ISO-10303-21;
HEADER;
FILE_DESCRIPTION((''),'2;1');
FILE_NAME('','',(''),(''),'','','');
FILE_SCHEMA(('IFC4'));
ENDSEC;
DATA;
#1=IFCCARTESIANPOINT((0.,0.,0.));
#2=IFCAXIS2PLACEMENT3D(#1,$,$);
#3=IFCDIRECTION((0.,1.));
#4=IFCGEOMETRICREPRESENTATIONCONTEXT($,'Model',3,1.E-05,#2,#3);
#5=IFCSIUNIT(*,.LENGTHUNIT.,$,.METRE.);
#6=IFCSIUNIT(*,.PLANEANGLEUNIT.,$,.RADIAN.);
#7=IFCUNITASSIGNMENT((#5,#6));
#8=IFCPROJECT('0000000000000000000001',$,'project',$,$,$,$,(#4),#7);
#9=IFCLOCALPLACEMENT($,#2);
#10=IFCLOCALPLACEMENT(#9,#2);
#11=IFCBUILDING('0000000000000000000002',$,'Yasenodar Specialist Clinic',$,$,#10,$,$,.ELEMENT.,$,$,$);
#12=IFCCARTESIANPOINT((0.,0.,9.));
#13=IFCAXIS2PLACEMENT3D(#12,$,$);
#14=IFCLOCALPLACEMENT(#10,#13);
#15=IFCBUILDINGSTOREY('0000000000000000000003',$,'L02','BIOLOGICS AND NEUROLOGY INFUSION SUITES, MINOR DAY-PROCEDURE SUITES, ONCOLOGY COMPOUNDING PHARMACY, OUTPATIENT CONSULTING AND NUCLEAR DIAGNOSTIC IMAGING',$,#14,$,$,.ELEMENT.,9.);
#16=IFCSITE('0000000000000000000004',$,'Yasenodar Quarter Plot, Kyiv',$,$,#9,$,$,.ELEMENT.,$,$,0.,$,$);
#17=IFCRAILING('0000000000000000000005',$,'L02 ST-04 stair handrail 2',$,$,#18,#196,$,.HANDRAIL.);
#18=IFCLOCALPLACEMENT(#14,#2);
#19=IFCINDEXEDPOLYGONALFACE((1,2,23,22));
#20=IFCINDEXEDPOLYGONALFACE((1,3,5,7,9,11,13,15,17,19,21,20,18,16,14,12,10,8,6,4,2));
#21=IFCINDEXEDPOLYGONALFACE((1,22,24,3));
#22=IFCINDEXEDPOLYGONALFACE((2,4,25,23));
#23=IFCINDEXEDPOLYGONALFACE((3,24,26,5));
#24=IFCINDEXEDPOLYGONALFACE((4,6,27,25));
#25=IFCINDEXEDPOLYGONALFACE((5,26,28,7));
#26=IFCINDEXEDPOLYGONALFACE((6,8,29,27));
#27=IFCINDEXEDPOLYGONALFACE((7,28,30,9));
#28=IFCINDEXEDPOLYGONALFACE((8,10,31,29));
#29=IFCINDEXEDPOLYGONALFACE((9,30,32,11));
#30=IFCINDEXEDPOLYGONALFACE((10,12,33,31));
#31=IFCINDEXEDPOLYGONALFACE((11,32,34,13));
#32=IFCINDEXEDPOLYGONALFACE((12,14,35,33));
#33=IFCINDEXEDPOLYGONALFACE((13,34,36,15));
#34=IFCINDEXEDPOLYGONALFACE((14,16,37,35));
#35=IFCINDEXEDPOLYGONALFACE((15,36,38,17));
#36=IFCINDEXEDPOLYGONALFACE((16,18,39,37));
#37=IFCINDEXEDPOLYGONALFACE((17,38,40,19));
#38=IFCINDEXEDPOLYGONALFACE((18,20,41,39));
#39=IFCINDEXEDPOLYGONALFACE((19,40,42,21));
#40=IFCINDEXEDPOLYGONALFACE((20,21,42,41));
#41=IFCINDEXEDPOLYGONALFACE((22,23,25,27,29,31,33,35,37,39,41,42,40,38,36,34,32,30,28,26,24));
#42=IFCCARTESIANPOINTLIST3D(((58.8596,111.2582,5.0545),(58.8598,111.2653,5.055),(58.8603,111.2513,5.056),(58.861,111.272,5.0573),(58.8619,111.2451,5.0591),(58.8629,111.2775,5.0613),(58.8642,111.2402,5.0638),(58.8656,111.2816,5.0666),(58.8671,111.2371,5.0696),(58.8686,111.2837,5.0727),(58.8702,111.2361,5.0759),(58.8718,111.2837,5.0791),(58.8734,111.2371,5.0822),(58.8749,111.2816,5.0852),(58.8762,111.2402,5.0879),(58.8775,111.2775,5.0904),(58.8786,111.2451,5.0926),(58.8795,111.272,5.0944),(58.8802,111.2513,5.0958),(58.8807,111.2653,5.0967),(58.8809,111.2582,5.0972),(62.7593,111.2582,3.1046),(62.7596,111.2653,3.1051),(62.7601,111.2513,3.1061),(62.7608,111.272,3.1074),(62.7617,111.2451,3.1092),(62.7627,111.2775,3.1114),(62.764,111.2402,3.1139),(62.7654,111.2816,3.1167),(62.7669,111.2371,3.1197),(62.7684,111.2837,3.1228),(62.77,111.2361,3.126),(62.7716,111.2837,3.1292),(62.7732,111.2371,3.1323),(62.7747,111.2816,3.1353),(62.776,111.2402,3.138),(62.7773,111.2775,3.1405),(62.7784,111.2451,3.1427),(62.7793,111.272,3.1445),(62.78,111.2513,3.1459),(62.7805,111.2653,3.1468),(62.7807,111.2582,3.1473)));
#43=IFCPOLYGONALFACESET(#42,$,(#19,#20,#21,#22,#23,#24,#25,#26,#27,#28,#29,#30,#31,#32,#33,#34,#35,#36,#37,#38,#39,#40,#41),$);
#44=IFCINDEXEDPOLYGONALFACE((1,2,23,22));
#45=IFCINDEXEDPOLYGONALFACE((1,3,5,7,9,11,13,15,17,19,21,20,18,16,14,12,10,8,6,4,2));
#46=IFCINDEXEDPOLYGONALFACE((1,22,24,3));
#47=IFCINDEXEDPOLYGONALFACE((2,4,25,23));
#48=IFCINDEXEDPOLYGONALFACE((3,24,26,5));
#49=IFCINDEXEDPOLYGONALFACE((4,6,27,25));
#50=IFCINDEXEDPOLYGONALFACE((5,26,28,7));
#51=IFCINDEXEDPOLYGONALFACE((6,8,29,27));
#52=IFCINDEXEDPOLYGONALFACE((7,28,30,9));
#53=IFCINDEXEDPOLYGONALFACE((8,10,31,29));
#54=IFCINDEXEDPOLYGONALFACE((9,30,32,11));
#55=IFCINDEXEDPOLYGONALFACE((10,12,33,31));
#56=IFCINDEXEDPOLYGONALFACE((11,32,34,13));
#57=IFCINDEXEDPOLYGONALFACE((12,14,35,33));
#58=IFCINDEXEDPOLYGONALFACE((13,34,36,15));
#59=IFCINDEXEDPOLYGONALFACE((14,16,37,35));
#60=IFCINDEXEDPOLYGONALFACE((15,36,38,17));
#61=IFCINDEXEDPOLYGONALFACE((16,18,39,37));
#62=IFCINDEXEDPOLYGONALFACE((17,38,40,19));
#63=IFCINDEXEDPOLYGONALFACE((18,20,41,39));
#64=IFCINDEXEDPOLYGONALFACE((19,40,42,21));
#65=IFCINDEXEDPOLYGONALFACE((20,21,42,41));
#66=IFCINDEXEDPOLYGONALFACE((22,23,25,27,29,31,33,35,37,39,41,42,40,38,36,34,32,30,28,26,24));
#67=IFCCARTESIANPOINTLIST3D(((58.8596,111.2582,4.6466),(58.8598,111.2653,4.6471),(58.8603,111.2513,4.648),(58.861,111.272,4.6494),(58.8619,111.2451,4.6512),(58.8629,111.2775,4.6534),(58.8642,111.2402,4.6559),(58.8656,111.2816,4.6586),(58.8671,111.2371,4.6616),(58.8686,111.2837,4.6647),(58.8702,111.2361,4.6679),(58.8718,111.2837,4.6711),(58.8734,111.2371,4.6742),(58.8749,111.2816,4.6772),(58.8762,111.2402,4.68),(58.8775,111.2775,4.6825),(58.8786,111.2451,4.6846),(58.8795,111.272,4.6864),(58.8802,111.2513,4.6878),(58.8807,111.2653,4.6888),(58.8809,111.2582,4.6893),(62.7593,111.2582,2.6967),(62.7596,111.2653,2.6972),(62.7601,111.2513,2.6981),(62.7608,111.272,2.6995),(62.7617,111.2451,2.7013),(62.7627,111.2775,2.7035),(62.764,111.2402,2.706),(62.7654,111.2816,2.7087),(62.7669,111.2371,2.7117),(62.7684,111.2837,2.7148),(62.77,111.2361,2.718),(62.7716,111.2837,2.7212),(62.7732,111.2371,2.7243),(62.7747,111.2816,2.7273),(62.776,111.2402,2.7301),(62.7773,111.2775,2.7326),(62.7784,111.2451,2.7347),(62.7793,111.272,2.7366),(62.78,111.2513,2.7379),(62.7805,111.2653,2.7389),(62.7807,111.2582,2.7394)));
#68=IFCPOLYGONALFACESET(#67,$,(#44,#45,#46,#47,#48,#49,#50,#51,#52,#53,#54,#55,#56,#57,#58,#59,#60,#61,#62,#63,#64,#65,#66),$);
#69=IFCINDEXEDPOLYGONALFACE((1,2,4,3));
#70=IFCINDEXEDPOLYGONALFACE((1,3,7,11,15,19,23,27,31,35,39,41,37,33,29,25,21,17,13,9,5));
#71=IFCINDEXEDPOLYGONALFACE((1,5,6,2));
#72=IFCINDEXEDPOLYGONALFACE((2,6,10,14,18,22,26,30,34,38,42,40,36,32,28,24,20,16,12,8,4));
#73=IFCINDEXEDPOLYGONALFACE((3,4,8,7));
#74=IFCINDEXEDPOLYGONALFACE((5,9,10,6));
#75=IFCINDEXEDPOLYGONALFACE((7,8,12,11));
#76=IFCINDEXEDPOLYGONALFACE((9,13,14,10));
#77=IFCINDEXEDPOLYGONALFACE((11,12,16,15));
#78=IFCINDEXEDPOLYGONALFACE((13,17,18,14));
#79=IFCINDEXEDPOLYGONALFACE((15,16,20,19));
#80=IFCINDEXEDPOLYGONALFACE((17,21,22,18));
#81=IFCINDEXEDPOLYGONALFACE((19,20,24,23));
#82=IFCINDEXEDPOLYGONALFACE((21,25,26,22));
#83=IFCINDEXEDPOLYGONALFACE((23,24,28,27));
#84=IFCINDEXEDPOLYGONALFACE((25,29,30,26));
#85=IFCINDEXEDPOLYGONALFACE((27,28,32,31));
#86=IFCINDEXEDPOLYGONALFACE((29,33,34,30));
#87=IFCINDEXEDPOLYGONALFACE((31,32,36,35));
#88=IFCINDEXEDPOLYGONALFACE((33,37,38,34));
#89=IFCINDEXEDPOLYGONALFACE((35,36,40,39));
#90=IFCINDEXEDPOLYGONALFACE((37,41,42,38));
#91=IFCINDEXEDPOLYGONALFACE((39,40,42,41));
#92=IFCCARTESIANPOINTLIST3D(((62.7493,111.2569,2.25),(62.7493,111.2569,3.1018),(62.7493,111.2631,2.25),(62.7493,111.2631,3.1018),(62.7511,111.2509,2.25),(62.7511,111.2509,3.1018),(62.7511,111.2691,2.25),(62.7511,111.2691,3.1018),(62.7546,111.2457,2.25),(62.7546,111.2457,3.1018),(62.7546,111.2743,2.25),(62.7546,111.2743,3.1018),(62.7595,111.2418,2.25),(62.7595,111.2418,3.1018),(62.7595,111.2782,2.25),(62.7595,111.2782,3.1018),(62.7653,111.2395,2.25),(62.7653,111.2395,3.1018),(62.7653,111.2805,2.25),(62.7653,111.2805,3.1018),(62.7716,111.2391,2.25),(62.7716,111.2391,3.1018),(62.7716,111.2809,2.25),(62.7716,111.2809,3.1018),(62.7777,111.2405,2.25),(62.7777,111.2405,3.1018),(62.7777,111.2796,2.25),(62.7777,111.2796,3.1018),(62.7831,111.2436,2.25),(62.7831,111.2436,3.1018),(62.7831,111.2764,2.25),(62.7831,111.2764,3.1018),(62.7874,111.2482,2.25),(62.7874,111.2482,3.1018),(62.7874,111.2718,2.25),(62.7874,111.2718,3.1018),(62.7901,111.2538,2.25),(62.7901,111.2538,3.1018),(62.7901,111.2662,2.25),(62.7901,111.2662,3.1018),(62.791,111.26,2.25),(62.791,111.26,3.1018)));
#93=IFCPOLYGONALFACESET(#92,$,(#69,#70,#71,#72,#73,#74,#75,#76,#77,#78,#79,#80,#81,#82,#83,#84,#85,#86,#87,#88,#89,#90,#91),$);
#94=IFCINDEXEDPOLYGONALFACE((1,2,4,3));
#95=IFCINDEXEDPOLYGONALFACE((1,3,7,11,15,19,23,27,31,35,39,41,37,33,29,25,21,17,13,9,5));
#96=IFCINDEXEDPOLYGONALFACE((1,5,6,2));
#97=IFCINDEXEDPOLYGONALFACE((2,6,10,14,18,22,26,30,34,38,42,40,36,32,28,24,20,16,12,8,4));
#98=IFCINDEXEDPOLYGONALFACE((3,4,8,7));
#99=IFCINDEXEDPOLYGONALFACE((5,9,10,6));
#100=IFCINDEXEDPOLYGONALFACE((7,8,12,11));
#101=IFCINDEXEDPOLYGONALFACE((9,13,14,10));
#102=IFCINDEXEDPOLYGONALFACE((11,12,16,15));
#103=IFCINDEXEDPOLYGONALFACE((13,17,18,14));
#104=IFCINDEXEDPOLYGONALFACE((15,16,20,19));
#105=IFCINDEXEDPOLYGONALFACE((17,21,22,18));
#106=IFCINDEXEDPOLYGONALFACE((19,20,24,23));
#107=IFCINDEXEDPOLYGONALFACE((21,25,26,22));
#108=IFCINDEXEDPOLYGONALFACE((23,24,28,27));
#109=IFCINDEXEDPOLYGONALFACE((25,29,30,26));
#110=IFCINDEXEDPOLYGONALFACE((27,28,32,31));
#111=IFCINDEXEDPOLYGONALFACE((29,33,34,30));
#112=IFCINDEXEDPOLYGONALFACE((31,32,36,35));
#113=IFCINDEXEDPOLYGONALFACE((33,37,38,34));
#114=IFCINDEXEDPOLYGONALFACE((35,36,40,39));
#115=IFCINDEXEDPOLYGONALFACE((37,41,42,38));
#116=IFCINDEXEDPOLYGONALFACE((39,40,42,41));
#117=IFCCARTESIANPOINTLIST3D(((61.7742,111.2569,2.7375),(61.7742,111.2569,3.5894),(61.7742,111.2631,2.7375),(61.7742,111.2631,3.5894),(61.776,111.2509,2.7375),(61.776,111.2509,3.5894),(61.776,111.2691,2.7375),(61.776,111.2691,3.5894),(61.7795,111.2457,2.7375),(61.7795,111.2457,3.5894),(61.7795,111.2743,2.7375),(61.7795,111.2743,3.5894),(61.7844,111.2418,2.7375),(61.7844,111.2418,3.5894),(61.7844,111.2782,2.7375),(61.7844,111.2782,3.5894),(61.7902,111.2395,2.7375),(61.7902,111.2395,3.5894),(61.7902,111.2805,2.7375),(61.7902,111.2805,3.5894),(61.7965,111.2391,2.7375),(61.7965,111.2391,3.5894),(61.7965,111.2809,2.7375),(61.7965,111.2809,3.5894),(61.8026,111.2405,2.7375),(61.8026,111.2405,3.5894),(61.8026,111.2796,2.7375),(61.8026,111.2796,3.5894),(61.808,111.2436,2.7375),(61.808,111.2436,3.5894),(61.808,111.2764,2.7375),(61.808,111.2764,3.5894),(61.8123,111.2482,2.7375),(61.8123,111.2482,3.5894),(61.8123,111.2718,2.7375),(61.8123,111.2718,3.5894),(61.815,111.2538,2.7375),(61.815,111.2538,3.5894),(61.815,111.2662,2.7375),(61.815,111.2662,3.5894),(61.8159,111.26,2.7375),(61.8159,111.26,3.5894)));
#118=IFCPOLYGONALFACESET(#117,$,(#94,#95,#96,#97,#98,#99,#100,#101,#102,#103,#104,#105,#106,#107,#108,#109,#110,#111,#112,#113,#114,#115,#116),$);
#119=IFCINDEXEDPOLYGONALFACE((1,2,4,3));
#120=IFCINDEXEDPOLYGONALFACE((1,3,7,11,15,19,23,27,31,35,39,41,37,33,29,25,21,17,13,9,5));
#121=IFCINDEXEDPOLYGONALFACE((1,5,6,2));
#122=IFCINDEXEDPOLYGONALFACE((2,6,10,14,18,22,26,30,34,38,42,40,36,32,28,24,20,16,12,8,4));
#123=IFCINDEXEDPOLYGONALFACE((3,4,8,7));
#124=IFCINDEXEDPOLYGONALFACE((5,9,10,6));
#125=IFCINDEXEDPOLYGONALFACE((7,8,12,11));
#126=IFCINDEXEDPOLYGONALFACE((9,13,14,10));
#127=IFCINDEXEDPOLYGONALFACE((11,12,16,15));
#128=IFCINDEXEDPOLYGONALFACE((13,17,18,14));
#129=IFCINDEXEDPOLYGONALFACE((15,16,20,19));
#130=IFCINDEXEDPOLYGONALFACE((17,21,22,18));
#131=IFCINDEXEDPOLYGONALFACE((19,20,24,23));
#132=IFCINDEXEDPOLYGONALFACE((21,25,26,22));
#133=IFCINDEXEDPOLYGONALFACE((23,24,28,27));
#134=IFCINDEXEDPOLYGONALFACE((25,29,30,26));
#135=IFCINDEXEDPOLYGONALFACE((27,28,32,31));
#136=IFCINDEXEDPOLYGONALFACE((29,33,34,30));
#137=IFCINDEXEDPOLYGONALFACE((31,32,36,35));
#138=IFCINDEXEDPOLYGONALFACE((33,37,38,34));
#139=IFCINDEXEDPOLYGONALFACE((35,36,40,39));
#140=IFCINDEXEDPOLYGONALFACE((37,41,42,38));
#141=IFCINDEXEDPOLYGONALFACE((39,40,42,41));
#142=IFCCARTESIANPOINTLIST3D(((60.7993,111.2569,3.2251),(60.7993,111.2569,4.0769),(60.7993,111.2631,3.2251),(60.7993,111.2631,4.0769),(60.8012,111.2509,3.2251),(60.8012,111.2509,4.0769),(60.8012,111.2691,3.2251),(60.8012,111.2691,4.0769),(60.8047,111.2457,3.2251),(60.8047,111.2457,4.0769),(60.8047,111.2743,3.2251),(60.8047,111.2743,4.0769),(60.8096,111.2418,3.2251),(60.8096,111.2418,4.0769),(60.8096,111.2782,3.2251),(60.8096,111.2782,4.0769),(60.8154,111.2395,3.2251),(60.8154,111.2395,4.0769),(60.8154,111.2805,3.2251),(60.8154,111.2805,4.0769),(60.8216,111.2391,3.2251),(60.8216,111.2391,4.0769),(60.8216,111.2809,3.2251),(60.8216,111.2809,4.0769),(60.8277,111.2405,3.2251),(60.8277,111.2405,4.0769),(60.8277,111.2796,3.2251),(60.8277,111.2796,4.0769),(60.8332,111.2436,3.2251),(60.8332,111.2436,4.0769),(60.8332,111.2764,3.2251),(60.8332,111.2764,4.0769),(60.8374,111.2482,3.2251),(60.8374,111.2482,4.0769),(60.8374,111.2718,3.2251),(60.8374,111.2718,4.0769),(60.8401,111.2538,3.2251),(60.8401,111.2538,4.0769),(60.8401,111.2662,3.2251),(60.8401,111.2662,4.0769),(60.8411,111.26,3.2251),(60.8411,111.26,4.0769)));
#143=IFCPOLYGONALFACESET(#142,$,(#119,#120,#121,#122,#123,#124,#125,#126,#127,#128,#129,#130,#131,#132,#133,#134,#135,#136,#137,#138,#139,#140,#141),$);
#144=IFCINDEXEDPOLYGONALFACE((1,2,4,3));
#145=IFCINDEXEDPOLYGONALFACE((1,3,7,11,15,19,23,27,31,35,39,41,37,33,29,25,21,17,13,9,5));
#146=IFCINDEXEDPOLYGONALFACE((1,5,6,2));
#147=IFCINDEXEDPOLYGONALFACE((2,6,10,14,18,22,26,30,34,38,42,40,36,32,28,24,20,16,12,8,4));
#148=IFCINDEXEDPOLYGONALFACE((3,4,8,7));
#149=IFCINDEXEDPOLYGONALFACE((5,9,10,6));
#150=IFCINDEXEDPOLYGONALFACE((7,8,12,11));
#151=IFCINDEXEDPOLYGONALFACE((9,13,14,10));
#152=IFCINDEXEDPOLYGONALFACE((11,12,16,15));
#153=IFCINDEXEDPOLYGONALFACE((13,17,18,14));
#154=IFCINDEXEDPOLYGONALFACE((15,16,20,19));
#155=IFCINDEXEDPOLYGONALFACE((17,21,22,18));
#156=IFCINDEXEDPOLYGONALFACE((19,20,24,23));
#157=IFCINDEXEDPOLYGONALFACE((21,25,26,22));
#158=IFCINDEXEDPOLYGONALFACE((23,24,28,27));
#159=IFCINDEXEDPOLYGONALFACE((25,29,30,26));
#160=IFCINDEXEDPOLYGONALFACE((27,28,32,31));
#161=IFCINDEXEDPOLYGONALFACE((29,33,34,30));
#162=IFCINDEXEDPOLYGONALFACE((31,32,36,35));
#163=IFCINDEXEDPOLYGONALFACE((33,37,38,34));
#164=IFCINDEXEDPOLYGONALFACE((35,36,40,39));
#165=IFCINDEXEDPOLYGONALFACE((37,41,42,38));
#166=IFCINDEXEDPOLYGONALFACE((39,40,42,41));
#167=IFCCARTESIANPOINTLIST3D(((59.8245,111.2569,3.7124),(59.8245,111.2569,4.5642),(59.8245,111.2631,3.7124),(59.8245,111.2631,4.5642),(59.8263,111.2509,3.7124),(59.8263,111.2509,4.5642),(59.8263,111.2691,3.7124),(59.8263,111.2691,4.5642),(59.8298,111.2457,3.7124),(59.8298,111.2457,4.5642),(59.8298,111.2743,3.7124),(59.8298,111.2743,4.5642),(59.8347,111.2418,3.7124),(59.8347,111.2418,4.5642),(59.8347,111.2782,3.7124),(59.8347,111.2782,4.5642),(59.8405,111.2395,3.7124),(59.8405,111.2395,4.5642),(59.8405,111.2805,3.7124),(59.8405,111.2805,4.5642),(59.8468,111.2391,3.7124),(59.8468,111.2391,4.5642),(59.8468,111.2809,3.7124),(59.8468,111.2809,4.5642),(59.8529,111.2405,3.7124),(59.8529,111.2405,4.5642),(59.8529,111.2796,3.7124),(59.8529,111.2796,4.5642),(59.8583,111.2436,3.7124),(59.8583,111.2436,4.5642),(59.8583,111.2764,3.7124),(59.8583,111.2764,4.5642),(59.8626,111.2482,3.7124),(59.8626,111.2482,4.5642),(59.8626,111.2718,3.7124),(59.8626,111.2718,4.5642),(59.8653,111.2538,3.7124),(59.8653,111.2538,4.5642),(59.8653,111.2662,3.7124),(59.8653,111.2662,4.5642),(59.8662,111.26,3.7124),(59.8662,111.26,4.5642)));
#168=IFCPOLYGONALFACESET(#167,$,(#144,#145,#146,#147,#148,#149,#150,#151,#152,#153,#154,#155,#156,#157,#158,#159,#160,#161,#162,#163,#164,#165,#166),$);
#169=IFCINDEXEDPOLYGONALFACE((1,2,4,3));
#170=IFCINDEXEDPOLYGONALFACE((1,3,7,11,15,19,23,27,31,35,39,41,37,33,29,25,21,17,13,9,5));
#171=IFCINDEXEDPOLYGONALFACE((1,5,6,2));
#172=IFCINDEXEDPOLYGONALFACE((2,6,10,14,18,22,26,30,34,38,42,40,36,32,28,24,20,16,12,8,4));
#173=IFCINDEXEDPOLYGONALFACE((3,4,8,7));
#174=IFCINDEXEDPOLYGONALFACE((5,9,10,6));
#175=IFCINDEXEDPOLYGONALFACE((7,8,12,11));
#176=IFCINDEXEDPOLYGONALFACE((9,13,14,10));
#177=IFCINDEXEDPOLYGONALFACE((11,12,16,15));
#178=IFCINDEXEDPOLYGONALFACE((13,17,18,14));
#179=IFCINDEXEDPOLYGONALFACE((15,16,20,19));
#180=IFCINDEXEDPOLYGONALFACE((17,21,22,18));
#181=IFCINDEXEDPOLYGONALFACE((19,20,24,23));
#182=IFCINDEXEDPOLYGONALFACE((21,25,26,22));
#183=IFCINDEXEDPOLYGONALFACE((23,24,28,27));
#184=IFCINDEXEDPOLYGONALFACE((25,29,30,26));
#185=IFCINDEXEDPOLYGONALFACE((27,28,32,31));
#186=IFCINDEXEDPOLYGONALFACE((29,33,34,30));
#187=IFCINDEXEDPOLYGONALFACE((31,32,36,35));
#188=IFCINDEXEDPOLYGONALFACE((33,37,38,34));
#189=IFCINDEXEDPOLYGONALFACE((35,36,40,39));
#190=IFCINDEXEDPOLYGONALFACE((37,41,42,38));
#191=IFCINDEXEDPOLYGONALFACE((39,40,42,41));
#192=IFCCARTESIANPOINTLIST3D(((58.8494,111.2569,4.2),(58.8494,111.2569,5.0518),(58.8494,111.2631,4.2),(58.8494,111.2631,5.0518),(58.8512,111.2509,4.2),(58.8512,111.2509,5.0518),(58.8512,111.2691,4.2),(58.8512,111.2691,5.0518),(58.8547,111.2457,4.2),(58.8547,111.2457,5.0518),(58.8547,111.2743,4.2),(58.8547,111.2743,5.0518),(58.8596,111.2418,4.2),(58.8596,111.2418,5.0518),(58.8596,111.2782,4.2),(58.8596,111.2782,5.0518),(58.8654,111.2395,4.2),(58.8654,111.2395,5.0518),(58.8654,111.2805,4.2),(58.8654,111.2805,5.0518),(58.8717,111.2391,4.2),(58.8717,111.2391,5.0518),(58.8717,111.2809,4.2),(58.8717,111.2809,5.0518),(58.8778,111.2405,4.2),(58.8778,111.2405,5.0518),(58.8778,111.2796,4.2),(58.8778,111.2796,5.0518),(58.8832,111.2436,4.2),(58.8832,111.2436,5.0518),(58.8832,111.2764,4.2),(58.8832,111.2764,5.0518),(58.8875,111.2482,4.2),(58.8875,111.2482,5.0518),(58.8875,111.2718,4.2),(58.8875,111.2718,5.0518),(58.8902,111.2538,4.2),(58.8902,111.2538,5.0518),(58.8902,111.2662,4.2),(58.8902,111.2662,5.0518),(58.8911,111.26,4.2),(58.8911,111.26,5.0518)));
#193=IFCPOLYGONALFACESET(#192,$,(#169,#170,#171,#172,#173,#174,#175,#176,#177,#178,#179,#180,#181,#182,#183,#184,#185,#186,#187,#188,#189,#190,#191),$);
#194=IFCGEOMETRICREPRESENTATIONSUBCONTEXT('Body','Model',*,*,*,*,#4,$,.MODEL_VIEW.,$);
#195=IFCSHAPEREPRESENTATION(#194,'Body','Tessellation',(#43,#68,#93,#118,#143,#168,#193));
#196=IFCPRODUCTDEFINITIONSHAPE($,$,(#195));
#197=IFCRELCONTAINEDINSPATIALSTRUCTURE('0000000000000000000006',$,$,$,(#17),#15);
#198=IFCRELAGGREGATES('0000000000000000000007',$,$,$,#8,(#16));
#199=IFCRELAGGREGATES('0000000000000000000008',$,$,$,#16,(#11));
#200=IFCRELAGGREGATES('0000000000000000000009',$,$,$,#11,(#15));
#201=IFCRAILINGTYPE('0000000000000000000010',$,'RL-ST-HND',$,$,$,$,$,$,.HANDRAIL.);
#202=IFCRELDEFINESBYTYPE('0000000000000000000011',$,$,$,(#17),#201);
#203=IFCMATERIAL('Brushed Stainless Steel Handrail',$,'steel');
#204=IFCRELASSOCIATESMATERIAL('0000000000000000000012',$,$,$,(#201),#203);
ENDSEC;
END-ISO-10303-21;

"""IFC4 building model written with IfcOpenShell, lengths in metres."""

from ifc_helpers import new_model, si_unit, direction, frame, origin, origin_2d, place, context, subcontext, project, spatial, circle, extrude, material, type_object, element, save


model = new_model("IFC4")

# Units and contexts
model_context = context("Model", 3, precision=1e-05, world=origin(), true_north=direction((0.0, 1.0)))
body_context = subcontext(model_context, "Body", "Model", "MODEL_VIEW")
ifc_project = project(units=[si_unit("LENGTHUNIT", "METRE"), si_unit("PLANEANGLEUNIT", "RADIAN")], contexts=[model_context])

# Site, building, storey
site_placement = place(None, origin())
site = spatial("IfcSite", under=ifc_project, at=site_placement, Name="Yasenodar Quarter Plot, Kyiv", CompositionType="ELEMENT", RefElevation=0.0)
building_placement = place(site_placement, origin())
building = spatial("IfcBuilding", under=site, at=building_placement, Name="Yasenodar Specialist Clinic", CompositionType="ELEMENT")
storey_placement = place(building_placement, frame((0.0, 0.0, 9.0)))
storey = spatial("IfcBuildingStorey", under=building, at=storey_placement, Name="L02", Description="BIOLOGICS AND NEUROLOGY INFUSION SUITES, MINOR DAY-PROCEDURE SUITES, ONCOLOGY COMPOUNDING PHARMACY, OUTPATIENT CONSULTING AND NUCLEAR DIAGNOSTIC IMAGING", CompositionType="ELEMENT", Elevation=9.0)

# Railing
ifc_material_1 = material(Name="Brushed Stainless Steel Handrail", Category="steel")
railing_type_1 = type_object("IfcRailingType", Name="RL-ST-HND", PredefinedType="HANDRAIL", material=ifc_material_1)
railing_1_placement = place(storey_placement, frame((62.77, 111.26, 2.25)))
element("IfcRailing", 1, at=railing_1_placement, inside=storey, type_object=railing_type_1, Name="L02 ST-04 stair handrail 2", PredefinedType="HANDRAIL", context=body_context, shape_type="SweptSolid", body=[
    extrude(circle(Radius=0.0239, at=origin_2d()), frame((0.0, 0.0, 0.876), z_axis=(-0.894427, 0.0, 0.447214), x_axis=(0.0, -1.0, 0.0)), (0.0, 0.0, 1.0), 4.3601),
    extrude(circle(Radius=0.0239, at=origin_2d()), frame((0.0, 0.0, 0.468), z_axis=(-0.894427, 0.0, 0.447214), x_axis=(0.0, -1.0, 0.0)), (0.0, 0.0, 1.0), 4.3601),
    extrude(circle(Radius=0.021, at=origin_2d()), origin(), (0.0, 0.0, 1.0), 0.8518),
    extrude(circle(Radius=0.021, at=origin_2d()), frame((-0.9751, 0.0, 0.4875)), (0.0, 0.0, 1.0), 0.8518),
    extrude(circle(Radius=0.021, at=origin_2d()), frame((-1.95, 0.0, 0.9751)), (0.0, 0.0, 1.0), 0.8518),
    extrude(circle(Radius=0.021, at=origin_2d()), frame((-2.9248, 0.0, 1.4624)), (0.0, 0.0, 1.0), 0.8518),
    extrude(circle(Radius=0.021, at=origin_2d()), frame((-3.8999, 0.0, 1.95)), (0.0, 0.0, 1.0), 0.8518),
])

save(model, "model.ifc")
